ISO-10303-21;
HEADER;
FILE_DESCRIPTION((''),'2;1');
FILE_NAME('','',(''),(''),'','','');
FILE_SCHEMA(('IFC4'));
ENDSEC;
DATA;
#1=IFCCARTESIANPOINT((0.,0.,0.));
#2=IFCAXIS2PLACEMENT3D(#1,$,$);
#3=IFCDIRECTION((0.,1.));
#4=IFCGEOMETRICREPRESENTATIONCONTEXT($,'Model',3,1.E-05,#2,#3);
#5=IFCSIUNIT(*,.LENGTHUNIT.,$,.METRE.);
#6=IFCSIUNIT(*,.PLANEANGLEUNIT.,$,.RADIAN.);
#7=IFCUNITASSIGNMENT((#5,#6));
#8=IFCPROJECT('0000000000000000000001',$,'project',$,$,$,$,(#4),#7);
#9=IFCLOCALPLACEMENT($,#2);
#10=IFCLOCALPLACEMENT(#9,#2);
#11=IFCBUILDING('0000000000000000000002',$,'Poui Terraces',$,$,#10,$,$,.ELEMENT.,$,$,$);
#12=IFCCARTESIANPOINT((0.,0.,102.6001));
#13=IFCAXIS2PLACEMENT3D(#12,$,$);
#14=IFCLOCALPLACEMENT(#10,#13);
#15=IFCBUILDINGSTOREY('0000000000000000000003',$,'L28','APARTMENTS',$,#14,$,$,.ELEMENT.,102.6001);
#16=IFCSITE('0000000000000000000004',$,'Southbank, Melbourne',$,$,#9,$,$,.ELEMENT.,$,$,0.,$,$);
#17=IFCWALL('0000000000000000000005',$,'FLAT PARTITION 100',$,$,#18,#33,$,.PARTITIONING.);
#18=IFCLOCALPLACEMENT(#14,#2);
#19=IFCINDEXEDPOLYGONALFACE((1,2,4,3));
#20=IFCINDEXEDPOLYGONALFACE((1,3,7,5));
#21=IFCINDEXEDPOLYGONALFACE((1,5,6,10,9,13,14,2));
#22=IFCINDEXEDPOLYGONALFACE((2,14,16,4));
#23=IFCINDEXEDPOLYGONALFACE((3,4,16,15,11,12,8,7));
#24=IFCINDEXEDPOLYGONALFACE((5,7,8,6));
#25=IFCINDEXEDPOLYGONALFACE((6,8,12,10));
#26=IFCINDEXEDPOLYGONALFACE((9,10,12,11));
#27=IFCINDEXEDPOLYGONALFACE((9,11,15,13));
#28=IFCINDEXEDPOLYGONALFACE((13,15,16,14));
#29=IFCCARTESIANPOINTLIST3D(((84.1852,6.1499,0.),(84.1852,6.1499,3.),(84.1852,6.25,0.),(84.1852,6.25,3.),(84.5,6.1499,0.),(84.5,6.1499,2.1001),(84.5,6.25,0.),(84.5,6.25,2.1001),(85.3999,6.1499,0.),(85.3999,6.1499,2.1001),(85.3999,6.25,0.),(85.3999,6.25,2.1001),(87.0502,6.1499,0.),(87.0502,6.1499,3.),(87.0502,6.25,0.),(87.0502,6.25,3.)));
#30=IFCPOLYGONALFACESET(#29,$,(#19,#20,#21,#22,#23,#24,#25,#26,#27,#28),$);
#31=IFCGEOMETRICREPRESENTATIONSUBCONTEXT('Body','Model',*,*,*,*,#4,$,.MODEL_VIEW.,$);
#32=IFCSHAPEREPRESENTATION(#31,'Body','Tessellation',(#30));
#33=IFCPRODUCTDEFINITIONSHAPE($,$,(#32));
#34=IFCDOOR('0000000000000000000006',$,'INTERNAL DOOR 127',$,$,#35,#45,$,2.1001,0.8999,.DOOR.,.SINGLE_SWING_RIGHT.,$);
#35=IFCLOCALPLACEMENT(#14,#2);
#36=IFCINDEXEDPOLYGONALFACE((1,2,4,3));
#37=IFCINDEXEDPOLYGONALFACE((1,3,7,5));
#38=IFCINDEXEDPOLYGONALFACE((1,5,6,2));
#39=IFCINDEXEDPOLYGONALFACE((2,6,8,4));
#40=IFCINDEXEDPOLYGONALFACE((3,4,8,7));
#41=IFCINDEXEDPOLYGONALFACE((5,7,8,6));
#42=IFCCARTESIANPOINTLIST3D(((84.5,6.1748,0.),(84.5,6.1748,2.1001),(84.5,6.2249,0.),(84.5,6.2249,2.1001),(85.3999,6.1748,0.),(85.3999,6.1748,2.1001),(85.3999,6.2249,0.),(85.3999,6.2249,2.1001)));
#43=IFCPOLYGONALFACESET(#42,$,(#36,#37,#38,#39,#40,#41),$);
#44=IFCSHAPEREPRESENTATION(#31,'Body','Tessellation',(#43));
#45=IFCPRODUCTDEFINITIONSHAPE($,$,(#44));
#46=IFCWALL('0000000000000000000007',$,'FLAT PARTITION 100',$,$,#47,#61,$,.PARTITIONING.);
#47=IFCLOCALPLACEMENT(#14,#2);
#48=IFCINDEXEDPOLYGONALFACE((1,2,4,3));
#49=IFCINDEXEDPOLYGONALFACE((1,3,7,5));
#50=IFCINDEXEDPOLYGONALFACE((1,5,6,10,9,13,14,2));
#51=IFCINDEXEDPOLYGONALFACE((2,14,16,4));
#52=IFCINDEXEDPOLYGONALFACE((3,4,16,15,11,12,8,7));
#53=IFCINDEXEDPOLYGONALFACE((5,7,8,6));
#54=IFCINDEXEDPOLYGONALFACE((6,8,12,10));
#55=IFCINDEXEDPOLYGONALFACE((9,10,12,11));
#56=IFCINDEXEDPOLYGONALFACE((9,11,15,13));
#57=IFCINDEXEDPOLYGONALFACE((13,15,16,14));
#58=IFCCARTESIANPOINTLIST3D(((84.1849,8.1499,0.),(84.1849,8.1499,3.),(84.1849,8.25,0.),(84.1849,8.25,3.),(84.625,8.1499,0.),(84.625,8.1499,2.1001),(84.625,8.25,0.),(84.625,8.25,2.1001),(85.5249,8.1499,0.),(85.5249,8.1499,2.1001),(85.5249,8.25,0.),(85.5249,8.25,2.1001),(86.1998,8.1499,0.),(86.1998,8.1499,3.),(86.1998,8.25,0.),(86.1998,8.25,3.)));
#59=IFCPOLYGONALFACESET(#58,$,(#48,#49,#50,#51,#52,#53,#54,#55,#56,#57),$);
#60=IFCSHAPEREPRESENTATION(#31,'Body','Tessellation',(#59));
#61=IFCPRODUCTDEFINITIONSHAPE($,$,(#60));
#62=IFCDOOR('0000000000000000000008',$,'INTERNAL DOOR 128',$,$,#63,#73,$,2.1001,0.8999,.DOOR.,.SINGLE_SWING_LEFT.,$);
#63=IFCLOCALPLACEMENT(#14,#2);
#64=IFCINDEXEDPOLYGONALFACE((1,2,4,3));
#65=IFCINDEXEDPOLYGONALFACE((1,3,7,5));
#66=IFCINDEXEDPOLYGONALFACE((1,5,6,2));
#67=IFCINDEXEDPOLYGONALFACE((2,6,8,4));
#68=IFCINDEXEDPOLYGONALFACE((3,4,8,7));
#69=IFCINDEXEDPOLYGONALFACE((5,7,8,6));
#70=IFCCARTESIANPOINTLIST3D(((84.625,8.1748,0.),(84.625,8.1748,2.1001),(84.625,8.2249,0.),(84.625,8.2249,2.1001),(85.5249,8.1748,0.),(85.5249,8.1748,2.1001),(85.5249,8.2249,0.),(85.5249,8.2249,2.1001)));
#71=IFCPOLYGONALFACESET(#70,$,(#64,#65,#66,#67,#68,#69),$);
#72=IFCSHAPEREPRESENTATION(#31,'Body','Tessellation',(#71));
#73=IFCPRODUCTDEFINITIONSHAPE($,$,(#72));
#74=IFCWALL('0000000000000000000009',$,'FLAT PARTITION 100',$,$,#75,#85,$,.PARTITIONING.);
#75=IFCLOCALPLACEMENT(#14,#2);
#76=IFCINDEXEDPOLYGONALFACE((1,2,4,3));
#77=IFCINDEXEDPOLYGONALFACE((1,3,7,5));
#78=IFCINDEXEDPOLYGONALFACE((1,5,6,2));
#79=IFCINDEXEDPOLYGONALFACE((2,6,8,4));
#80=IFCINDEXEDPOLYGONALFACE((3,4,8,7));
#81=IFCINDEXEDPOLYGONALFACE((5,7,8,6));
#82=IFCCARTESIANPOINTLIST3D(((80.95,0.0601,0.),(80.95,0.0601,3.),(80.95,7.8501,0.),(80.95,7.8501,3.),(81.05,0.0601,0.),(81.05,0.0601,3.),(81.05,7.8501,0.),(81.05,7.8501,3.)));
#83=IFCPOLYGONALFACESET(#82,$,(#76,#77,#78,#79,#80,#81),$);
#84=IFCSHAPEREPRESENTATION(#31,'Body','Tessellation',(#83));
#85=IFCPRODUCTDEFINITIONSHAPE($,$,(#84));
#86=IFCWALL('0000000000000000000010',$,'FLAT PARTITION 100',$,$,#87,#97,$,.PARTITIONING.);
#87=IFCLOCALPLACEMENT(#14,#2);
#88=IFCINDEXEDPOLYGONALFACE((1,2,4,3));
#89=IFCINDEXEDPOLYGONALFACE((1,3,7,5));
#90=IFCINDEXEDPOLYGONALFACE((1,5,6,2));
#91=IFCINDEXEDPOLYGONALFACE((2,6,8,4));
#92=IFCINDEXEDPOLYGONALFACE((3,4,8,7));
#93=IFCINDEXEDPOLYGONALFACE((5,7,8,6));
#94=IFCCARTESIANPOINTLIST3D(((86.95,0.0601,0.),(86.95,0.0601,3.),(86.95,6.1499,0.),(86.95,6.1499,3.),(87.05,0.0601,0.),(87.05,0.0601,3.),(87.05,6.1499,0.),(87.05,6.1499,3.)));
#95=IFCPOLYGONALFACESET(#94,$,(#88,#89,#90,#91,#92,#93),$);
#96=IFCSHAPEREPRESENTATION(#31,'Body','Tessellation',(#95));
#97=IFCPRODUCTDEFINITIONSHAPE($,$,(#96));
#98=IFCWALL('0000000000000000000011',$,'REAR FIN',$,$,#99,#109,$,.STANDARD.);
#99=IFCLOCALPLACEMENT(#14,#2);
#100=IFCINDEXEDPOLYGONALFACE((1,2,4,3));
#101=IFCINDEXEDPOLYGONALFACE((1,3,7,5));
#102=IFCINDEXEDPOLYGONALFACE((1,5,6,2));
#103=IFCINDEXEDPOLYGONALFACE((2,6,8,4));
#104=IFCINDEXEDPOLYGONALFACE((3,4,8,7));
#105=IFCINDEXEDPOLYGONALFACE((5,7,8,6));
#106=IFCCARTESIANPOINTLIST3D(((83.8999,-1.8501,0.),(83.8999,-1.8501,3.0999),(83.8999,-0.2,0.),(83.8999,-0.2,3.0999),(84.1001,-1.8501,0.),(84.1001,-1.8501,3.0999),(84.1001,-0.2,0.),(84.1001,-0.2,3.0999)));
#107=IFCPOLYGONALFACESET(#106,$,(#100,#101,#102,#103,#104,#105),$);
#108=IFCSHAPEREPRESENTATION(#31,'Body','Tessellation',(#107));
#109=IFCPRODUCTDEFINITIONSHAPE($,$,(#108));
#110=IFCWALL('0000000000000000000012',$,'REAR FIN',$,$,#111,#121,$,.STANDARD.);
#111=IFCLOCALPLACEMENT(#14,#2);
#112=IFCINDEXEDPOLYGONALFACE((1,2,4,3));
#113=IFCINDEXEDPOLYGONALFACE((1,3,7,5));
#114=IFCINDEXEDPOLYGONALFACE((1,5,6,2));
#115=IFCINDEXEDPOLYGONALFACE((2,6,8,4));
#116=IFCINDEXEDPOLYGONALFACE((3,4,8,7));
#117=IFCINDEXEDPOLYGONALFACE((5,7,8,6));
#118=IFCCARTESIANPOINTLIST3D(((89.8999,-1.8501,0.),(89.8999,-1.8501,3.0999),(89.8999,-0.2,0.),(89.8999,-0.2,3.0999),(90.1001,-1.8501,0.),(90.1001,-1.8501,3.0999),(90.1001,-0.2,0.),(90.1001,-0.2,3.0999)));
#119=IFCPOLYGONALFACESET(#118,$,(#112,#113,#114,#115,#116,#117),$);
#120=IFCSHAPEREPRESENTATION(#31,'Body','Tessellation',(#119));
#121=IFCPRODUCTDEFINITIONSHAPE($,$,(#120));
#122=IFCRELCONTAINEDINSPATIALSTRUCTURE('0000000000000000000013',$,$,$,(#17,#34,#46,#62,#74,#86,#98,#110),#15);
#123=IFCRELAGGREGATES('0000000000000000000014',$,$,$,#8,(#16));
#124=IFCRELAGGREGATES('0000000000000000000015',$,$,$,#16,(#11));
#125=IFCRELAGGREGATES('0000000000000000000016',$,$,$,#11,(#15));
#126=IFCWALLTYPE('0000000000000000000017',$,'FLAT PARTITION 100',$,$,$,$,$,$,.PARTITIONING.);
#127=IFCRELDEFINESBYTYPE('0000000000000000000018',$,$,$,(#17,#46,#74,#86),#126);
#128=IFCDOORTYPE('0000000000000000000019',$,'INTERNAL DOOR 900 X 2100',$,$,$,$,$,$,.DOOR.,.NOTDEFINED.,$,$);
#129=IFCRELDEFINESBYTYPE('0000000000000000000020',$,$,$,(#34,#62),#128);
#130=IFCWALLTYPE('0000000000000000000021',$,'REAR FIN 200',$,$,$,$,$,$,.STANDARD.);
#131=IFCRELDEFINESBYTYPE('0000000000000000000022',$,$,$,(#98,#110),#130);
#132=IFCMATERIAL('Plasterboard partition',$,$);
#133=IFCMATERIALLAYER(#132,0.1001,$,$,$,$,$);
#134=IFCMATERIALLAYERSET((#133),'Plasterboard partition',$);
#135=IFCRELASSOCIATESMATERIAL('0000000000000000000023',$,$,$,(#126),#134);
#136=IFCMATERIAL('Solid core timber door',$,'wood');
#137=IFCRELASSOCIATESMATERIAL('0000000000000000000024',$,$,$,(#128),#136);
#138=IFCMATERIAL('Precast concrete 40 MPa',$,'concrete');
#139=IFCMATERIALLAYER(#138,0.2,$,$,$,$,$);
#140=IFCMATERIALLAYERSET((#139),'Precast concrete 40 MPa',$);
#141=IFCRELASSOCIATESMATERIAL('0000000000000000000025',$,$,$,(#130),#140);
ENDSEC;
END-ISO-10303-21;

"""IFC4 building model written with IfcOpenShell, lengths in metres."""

from ifc_helpers import new_model, si_unit, direction, frame, frame_2d, origin, place, context, subcontext, project, spatial, polyline, rectangle, outline, extrude, source, transform, mapped, material, layer, layer_set, type_object, element, fill, save


model = new_model("IFC4")

# Units and contexts
model_context = context("Model", 3, precision=1e-05, world=origin(), true_north=direction((0.0, 1.0)))
body_context = subcontext(model_context, "Body", "Model", "MODEL_VIEW")
ifc_project = project(units=[si_unit("LENGTHUNIT", "METRE"), si_unit("PLANEANGLEUNIT", "RADIAN")], contexts=[model_context])

# Site, building, storey
site_placement = place(None, origin())
site = spatial("IfcSite", under=ifc_project, at=site_placement, Name="Southbank, Melbourne", CompositionType="ELEMENT", RefElevation=0.0)
building_placement = place(site_placement, origin())
building = spatial("IfcBuilding", under=site, at=building_placement, Name="Poui Terraces", CompositionType="ELEMENT")
storey_placement = place(building_placement, frame((0.0, 0.0, 102.6001)))
storey = spatial("IfcBuildingStorey", under=building, at=storey_placement, Name="L28", Description="APARTMENTS", CompositionType="ELEMENT", Elevation=102.6001)

# Shared definitions
ifc_material_1 = material(Name="Precast concrete 40 MPa", Category="concrete")

# Walls, openings, doors
ifc_material_2 = material(Name="Plasterboard partition")
ifc_layer_1 = layer(ifc_material_2, 0.1001)
ifc_layer_set_1 = layer_set([ifc_layer_1], Name="Plasterboard partition")
wall_type_1 = type_object("IfcWallType", Name="FLAT PARTITION 100", PredefinedType="PARTITIONING", material=ifc_layer_set_1)
wall_1_placement = place(storey_placement, frame((84.1851, 6.2, 0.0), z_axis=(0.0, 0.0, 1.0), x_axis=(1.0, 0.0, 0.0)))
wall_1 = element("IfcWall", 1, at=wall_1_placement, inside=storey, type_object=wall_type_1, Name="FLAT PARTITION 100", PredefinedType="PARTITIONING", context=body_context, shape_type="SweptSolid", body=[
    extrude(rectangle(XDim=2.865, YDim=0.1001, at=frame_2d((1.4326, 0.0))), origin(), (0.0, 0.0, 1.0), 3.0),
])
opening_1_placement = place(wall_1_placement, frame((0.3149, 0.0, 0.0)))
opening_1 = element("IfcOpeningElement", 2, at=opening_1_placement, cuts=wall_1, PredefinedType="OPENING", context=body_context, shape_type="SweptSolid", body=[
    extrude(rectangle(XDim=0.8999, YDim=2.1001, at=frame_2d((0.45, 1.05))), frame((0.0, 0.0601, 0.0), z_axis=(0.0, -1.0, 0.0), x_axis=(1.0, 0.0, 0.0)), (0.0, 0.0, 1.0), 0.1201),
])
ifc_material_3 = material(Name="Solid core timber door", Category="wood")
door_type = type_object("IfcDoorType", Name="INTERNAL DOOR 900 X 2100", OperationType="NOTDEFINED", PredefinedType="DOOR", material=ifc_material_3)
door_1_placement = place(opening_1_placement, origin())
door_1 = element("IfcDoor", 3, at=door_1_placement, inside=storey, type_object=door_type, Name="INTERNAL DOOR 127", OperationType="SINGLE_SWING_RIGHT", OverallHeight=2.1001, OverallWidth=0.8999, PredefinedType="DOOR", context=body_context, shape_type="SweptSolid", body=[
    extrude(rectangle(XDim=0.8999, YDim=2.1001, at=frame_2d((0.45, 1.05))), frame((0.0, 0.0249, 0.0), z_axis=(0.0, -1.0, 0.0), x_axis=(1.0, 0.0, 0.0)), (0.0, 0.0, 1.0), 0.05),
])
fill(opening_1, door_1)
wall_2_placement = place(storey_placement, frame((84.1851, 8.2, 0.0), z_axis=(0.0, 0.0, 1.0), x_axis=(1.0, 0.0, 0.0)))
wall_2 = element("IfcWall", 4, at=wall_2_placement, inside=storey, type_object=wall_type_1, Name="FLAT PARTITION 100", PredefinedType="PARTITIONING", context=body_context, shape_type="SweptSolid", body=[
    extrude(rectangle(XDim=2.0149, YDim=0.1001, at=frame_2d((1.0073, 0.0))), origin(), (0.0, 0.0, 1.0), 3.0),
])
opening_2_placement = place(wall_2_placement, frame((0.4399, 0.0, 0.0)))
opening_2 = element("IfcOpeningElement", 5, at=opening_2_placement, cuts=wall_2, PredefinedType="OPENING", context=body_context, shape_type="SweptSolid", body=[
    extrude(rectangle(XDim=0.8999, YDim=2.1001, at=frame_2d((0.45, 1.05))), frame((0.0, 0.0601, 0.0), z_axis=(0.0, -1.0, 0.0), x_axis=(1.0, 0.0, 0.0)), (0.0, 0.0, 1.0), 0.1201),
])
door_2_placement = place(opening_2_placement, origin())
door_2 = element("IfcDoor", 6, at=door_2_placement, inside=storey, type_object=door_type, Name="INTERNAL DOOR 128", OperationType="SINGLE_SWING_LEFT", OverallHeight=2.1001, OverallWidth=0.8999, PredefinedType="DOOR", context=body_context, shape_type="SweptSolid", body=[
    extrude(rectangle(XDim=0.8999, YDim=2.1001, at=frame_2d((0.45, 1.05))), frame((0.0, 0.0249, 0.0), z_axis=(0.0, -1.0, 0.0), x_axis=(1.0, 0.0, 0.0)), (0.0, 0.0, 1.0), 0.05),
])
fill(opening_2, door_2)

# Walls
wall_3_placement = place(storey_placement, frame((81.0, 0.0601, 0.0), z_axis=(0.0, 0.0, 1.0), x_axis=(0.0, 1.0, 0.0)))
element("IfcWall", 7, at=wall_3_placement, inside=storey, type_object=wall_type_1, Name="FLAT PARTITION 100", PredefinedType="PARTITIONING", context=body_context, shape_type="SweptSolid", body=[
    extrude(rectangle(XDim=7.79, YDim=0.1001, at=frame_2d((3.895, 0.0))), origin(), (0.0, 0.0, 1.0), 3.0),
])
wall_4_placement = place(storey_placement, frame((87.0, 0.0601, 0.0), z_axis=(0.0, 0.0, 1.0), x_axis=(0.0, 1.0, 0.0)))
element("IfcWall", 8, at=wall_4_placement, inside=storey, type_object=wall_type_1, Name="FLAT PARTITION 100", PredefinedType="PARTITIONING", context=body_context, shape_type="SweptSolid", body=[
    extrude(rectangle(XDim=6.0898, YDim=0.1001, at=frame_2d((3.0449, 0.0))), origin(), (0.0, 0.0, 1.0), 3.0),
])
ifc_layer_2 = layer(ifc_material_1, 0.2)
ifc_layer_set_2 = layer_set([ifc_layer_2], Name="Precast concrete 40 MPa")
wall_type_2 = type_object("IfcWallType", Name="REAR FIN 200", PredefinedType="STANDARD", material=ifc_layer_set_2)
shared_shape_1 = source(origin(), body_context, "Body", "SweptSolid", [
    extrude(outline(polyline([(0.0, 0.0), (0.2002, 0.0), (0.2002, 1.6501), (0.0, 1.6501), (0.0, 0.0)])), origin(), (0.0, 0.0, 1.0), 3.0999),
])
for number, where, name in (
    (9, (83.8999, -1.8501, 0.0), "REAR FIN"),
    (10, (89.8999, -1.8501, 0.0), "REAR FIN"),
):
    element("IfcWall", number, at=place(storey_placement, frame(where)), inside=storey, type_object=wall_type_2, Name=name, PredefinedType="STANDARD", context=body_context, shape_type="MappedRepresentation", body=[
        mapped(shared_shape_1, transform((0.0, 0.0, 0.0))),
    ])

save(model, "model.ifc")
